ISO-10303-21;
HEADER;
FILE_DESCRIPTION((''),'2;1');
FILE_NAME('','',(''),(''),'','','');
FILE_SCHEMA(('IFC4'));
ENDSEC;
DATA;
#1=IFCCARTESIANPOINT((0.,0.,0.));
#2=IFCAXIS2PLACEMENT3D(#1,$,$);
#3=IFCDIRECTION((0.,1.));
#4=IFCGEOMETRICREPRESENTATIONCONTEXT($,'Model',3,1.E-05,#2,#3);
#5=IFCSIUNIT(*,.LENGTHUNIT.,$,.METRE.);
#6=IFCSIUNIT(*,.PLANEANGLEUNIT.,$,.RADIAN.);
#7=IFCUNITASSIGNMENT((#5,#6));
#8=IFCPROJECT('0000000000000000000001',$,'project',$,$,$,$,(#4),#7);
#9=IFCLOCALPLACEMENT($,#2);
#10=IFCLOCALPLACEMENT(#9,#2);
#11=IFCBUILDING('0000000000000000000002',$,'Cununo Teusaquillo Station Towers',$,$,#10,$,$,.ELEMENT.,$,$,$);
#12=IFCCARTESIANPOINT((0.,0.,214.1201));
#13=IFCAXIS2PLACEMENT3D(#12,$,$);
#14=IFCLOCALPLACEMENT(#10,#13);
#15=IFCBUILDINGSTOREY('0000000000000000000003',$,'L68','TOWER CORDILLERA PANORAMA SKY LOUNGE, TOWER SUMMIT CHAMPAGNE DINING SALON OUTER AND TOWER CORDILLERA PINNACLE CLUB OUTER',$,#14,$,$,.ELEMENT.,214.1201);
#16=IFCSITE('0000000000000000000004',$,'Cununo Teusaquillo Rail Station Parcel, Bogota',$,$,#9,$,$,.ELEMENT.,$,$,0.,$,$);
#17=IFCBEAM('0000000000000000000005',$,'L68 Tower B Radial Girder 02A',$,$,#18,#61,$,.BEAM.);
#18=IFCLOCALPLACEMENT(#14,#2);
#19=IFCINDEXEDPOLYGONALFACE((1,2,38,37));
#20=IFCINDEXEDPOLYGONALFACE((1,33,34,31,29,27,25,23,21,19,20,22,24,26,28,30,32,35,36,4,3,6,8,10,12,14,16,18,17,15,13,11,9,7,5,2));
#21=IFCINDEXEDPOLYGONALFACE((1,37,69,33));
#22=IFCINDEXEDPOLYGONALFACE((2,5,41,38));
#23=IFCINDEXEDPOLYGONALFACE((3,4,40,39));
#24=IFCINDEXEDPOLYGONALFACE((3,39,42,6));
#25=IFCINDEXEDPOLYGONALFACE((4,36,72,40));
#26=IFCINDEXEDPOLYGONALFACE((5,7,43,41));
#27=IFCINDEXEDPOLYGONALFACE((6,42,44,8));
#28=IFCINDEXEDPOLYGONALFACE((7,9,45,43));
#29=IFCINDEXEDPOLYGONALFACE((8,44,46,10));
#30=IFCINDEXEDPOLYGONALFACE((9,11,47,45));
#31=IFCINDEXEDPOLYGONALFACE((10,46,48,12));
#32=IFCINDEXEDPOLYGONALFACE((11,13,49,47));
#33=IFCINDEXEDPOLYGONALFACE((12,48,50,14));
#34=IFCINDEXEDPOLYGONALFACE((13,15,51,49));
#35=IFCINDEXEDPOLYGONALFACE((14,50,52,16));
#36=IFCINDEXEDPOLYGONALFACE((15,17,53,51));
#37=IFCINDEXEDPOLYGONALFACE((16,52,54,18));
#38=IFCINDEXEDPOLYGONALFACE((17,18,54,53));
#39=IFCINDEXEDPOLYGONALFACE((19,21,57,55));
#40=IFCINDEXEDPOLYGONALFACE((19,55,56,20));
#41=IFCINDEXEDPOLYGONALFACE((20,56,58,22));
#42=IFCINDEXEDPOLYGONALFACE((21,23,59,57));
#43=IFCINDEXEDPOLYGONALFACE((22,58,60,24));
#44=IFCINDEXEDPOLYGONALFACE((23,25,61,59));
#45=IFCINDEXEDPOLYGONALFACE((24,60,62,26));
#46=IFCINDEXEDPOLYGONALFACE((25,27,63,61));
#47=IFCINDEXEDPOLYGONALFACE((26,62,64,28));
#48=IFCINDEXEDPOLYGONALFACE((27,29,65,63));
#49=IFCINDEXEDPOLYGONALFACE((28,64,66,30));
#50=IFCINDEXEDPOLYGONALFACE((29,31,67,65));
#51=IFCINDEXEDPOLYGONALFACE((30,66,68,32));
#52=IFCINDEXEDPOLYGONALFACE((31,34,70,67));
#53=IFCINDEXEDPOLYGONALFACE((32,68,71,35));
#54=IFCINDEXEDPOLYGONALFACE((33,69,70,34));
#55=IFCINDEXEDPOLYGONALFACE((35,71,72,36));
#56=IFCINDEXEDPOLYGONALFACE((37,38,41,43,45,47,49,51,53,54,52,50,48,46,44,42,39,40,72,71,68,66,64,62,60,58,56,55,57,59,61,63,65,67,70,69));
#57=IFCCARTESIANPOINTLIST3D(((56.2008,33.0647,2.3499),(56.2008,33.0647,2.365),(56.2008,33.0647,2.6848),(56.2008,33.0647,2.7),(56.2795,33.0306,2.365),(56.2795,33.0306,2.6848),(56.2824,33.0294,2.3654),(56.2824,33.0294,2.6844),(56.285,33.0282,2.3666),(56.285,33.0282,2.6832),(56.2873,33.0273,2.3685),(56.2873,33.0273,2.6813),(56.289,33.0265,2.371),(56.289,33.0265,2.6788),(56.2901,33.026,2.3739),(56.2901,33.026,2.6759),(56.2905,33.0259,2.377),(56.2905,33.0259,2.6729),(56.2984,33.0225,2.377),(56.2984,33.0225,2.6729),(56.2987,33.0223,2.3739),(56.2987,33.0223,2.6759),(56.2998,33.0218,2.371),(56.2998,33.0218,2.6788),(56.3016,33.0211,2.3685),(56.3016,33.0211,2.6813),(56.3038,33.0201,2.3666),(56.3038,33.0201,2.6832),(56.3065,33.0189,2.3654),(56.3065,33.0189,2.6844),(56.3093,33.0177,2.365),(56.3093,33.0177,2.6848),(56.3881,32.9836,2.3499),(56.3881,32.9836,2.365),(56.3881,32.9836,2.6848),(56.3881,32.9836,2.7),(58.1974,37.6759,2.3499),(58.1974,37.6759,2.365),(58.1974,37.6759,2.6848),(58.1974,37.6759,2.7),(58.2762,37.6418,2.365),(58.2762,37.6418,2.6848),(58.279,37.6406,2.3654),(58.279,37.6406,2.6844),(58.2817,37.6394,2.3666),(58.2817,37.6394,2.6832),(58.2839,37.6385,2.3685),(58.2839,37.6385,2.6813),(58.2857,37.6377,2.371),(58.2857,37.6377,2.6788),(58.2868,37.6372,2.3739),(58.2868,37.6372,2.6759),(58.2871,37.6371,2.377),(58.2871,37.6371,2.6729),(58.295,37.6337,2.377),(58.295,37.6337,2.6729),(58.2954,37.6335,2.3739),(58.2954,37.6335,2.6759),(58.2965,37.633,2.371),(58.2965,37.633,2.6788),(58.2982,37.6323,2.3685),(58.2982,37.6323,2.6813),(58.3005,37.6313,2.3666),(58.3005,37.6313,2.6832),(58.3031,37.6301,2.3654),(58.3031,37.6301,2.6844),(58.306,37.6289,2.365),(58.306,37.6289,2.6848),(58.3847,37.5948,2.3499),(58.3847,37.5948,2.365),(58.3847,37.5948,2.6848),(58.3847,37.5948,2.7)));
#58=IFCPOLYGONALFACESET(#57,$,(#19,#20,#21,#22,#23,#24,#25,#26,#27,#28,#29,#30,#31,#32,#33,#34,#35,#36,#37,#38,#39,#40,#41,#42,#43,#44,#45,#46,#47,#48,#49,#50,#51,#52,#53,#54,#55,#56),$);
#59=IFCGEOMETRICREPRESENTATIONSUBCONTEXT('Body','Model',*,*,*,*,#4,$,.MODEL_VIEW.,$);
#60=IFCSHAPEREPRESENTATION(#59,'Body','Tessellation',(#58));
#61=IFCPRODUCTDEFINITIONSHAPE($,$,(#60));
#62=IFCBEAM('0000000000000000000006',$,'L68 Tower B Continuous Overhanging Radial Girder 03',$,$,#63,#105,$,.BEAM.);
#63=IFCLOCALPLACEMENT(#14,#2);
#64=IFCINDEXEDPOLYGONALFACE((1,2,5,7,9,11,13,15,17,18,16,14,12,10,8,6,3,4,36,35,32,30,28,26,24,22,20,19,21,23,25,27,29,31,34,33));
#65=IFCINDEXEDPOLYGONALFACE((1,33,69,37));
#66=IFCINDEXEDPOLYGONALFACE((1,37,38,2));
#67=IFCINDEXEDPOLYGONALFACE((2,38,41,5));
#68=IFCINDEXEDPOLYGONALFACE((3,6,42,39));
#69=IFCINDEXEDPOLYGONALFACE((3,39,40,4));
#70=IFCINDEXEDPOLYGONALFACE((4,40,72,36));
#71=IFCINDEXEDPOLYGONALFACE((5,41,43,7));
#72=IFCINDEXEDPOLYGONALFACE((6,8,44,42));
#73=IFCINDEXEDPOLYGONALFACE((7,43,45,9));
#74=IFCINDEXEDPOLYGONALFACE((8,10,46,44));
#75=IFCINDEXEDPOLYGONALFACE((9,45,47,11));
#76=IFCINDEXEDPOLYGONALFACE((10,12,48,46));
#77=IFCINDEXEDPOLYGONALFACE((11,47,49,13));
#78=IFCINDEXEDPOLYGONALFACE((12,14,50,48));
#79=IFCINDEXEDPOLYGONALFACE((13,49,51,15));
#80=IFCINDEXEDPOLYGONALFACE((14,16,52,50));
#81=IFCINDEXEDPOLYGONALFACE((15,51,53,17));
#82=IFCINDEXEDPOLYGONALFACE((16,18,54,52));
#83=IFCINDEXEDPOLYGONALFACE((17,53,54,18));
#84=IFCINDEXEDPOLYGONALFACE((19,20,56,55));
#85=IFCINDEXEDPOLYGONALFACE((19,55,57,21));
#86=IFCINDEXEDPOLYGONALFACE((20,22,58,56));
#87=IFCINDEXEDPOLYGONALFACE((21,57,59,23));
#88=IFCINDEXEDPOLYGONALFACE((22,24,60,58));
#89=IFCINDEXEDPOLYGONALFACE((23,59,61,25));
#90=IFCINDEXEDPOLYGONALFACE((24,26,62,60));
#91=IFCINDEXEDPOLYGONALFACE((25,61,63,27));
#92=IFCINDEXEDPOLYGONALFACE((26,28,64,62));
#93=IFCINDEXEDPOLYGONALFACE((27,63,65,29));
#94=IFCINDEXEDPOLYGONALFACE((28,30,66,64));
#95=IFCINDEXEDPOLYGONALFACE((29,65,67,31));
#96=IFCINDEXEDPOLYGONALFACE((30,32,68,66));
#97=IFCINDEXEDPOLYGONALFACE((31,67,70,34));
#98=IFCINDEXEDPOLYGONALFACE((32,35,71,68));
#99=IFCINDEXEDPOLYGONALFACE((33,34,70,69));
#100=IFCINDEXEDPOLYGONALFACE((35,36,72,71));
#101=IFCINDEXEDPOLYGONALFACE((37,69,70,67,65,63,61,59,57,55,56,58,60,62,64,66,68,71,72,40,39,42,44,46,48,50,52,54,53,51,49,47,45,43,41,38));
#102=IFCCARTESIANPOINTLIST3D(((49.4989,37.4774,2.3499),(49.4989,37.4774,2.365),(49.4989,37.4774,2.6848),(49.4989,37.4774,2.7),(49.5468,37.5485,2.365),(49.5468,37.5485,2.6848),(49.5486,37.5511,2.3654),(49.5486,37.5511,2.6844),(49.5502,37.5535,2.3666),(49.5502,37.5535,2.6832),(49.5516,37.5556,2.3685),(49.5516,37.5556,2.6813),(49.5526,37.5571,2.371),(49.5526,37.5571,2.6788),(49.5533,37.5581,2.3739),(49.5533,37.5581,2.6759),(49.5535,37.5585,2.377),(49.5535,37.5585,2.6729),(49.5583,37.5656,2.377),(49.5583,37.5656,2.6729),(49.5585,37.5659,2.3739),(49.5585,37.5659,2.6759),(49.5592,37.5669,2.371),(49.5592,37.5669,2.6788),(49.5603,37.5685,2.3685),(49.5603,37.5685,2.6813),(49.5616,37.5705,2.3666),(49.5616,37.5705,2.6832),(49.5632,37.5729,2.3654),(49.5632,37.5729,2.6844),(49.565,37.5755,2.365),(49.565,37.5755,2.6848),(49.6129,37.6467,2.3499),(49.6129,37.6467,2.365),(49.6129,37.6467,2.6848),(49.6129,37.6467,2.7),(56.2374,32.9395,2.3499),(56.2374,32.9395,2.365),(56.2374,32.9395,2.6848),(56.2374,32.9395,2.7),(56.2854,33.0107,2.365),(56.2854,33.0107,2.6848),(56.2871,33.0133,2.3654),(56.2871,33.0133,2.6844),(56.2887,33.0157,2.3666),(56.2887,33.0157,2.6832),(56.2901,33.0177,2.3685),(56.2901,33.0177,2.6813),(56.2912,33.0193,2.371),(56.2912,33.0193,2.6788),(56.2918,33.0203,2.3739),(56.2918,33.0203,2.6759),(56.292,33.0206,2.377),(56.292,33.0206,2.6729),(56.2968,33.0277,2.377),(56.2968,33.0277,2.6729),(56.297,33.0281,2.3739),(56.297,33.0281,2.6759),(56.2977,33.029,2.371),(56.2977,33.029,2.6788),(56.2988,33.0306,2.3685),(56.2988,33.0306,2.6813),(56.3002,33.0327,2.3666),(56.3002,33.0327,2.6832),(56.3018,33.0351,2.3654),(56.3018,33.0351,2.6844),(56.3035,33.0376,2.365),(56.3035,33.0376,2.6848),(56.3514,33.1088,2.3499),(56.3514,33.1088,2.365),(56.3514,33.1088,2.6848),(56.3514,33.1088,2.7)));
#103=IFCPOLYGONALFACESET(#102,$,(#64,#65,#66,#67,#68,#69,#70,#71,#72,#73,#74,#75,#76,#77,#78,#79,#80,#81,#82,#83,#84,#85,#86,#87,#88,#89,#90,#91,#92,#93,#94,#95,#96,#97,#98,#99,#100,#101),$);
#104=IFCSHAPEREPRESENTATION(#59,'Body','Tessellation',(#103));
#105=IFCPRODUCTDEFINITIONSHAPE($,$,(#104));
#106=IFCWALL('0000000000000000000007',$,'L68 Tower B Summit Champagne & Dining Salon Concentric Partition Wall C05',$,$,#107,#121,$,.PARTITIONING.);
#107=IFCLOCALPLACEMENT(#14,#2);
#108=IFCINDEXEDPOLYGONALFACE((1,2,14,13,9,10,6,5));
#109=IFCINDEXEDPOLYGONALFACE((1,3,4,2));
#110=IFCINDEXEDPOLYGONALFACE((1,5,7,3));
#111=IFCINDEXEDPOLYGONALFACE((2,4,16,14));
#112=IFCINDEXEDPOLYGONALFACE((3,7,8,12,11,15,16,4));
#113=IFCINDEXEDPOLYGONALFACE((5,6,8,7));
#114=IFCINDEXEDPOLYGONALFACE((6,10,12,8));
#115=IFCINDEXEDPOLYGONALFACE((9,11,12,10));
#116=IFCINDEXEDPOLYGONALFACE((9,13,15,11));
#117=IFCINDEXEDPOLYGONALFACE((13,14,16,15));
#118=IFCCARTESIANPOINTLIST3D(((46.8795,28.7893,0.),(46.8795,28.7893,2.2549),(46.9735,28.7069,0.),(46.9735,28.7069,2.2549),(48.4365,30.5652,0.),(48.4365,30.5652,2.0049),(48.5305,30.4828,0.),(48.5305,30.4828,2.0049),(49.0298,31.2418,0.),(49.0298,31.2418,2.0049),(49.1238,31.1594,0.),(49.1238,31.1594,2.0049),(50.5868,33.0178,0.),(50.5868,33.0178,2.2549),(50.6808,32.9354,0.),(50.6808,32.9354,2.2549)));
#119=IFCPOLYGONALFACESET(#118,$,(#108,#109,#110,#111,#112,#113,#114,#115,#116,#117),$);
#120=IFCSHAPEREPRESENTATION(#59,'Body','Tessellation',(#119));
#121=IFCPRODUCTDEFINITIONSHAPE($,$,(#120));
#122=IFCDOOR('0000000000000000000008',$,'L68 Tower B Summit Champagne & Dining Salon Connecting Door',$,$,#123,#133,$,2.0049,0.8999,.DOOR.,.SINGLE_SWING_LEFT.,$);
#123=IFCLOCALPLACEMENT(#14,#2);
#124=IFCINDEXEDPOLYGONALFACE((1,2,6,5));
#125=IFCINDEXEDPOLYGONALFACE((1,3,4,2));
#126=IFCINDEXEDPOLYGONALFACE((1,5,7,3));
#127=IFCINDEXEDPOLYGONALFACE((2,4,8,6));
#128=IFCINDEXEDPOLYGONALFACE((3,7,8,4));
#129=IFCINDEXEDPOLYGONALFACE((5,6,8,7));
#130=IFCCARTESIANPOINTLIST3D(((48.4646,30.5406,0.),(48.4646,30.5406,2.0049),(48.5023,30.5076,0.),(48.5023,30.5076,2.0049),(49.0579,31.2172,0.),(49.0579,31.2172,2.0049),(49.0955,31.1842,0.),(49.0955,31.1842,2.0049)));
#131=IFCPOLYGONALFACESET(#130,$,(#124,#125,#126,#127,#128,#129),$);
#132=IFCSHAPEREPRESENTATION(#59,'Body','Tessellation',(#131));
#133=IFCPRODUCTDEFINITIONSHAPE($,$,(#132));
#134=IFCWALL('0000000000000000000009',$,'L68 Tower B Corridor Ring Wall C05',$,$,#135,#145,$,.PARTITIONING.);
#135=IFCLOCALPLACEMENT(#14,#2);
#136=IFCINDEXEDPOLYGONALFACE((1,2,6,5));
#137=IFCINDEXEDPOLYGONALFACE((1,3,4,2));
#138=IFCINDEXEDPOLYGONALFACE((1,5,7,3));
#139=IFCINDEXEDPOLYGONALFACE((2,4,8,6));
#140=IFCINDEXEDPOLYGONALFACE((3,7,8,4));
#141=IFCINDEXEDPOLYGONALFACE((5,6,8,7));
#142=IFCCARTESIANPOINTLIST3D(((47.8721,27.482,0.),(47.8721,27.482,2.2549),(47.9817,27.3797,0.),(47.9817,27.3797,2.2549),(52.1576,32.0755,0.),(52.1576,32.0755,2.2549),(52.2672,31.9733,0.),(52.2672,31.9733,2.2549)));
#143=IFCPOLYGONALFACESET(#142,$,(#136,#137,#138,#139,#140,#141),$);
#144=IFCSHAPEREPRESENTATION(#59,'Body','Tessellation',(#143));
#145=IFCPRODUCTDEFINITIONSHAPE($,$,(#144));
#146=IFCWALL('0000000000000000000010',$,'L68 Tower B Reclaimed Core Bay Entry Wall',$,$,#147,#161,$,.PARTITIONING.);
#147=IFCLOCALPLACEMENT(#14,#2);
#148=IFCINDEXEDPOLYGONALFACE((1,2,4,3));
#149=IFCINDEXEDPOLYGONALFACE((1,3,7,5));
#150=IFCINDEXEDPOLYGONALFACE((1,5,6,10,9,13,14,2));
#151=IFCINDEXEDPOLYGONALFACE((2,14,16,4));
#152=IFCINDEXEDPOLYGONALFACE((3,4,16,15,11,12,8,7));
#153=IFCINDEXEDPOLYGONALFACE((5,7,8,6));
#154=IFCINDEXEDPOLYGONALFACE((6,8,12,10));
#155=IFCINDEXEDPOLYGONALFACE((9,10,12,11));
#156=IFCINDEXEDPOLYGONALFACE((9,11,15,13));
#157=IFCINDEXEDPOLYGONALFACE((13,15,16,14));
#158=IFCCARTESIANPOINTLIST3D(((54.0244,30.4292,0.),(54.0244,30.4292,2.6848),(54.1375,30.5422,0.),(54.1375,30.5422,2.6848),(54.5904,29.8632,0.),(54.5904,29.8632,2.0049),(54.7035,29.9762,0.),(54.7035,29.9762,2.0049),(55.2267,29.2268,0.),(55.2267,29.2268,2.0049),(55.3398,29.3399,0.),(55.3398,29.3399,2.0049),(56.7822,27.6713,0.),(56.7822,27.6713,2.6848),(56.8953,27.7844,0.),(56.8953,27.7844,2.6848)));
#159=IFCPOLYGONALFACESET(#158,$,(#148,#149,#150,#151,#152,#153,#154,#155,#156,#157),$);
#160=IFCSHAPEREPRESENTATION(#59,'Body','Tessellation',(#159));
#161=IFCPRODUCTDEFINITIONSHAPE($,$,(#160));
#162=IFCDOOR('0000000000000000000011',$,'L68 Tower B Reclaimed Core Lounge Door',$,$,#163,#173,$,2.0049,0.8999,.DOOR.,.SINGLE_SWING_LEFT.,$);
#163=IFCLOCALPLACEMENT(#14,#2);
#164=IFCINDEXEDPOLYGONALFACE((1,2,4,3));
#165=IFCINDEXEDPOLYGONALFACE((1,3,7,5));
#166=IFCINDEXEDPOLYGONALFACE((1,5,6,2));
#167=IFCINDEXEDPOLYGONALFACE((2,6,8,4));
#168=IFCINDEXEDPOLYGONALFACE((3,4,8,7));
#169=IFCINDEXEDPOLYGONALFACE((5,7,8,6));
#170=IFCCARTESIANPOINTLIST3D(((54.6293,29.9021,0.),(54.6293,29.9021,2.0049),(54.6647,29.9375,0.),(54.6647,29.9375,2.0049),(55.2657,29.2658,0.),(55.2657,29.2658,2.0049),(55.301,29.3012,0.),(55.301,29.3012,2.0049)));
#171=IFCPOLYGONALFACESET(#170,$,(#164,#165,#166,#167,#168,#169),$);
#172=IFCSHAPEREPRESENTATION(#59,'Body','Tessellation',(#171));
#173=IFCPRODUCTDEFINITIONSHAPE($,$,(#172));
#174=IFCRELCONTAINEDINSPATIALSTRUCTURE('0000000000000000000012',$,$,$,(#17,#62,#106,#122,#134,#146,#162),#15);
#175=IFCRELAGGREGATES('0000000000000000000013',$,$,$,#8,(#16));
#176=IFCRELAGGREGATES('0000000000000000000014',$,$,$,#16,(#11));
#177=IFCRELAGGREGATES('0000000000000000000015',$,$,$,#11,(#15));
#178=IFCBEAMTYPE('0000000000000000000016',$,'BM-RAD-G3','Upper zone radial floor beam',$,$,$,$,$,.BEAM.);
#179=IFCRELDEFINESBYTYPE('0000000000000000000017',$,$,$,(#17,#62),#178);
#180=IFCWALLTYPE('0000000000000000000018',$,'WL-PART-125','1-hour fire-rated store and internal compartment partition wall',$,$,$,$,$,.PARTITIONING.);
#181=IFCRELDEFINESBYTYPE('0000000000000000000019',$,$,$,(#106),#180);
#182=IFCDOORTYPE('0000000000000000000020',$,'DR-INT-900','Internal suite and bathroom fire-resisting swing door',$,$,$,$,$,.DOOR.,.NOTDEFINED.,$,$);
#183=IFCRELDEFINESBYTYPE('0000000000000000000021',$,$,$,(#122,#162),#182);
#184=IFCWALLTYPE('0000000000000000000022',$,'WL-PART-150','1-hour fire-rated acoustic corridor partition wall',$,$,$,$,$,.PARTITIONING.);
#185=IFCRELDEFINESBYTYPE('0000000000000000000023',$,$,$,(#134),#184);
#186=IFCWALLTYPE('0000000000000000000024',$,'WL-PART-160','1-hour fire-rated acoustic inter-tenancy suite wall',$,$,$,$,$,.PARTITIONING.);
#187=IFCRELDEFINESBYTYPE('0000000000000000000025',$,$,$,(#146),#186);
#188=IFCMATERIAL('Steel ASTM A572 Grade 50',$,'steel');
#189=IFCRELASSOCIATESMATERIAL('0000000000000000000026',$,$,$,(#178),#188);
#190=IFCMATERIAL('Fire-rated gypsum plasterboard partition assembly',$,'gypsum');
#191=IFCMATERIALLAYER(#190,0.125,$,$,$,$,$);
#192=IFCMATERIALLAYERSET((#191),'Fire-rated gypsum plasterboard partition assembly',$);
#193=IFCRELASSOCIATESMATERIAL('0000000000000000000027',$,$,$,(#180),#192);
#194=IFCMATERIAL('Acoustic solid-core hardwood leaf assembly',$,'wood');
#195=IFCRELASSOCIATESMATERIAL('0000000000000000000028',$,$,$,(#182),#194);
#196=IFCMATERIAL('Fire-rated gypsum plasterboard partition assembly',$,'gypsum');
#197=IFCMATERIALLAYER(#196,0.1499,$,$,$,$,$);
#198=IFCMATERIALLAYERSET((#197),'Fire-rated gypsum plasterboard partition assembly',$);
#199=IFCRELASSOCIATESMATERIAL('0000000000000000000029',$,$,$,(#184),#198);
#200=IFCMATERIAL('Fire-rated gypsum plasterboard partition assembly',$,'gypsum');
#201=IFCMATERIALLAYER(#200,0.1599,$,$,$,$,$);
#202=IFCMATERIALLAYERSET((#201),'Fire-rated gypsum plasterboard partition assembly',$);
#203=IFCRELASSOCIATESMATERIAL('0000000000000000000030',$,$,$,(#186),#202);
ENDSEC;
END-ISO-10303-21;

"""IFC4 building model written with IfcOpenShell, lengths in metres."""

from ifc_helpers import new_model, si_unit, direction, frame, frame_2d, origin, origin_2d, place, context, subcontext, project, spatial, rectangle, i_section, extrude, source, transform, mapped, material, layer, layer_set, material_profile, profile_set, type_object, element, fill, save


model = new_model("IFC4")

# Units and contexts
model_context = context("Model", 3, precision=1e-05, world=origin(), true_north=direction((0.0, 1.0)))
body_context = subcontext(model_context, "Body", "Model", "MODEL_VIEW")
ifc_project = project(units=[si_unit("LENGTHUNIT", "METRE"), si_unit("PLANEANGLEUNIT", "RADIAN")], contexts=[model_context])

# Site, building, storey
site_placement = place(None, origin())
site = spatial("IfcSite", under=ifc_project, at=site_placement, Name="Cununo Teusaquillo Rail Station Parcel, Bogota", CompositionType="ELEMENT", RefElevation=0.0)
building_placement = place(site_placement, origin())
building = spatial("IfcBuilding", under=site, at=building_placement, Name="Cununo Teusaquillo Station Towers", CompositionType="ELEMENT")
storey_placement = place(building_placement, frame((0.0, 0.0, 214.1201)))
storey = spatial("IfcBuildingStorey", under=building, at=storey_placement, Name="L68", Description="TOWER CORDILLERA PANORAMA SKY LOUNGE, TOWER SUMMIT CHAMPAGNE DINING SALON OUTER AND TOWER CORDILLERA PINNACLE CLUB OUTER", CompositionType="ELEMENT", Elevation=214.1201)

# Beams
ifc_material_1 = material(Name="Steel ASTM A572 Grade 50", Category="steel")
ifc_material_profile_1 = material_profile(ifc_material_1, i_section(OverallWidth=0.2041, OverallDepth=0.3501, WebThickness=0.0085, FlangeThickness=0.0151, FilletRadius=0.012, at=origin_2d()), Name="W14X48")
ifc_profile_set_1 = profile_set([ifc_material_profile_1], Name="Steel ASTM A572 Grade 50")
beam_type_1 = type_object("IfcBeamType", Name="BM-RAD-G3", Description="Upper zone radial floor beam", PredefinedType="BEAM", material=ifc_profile_set_1)
beam_1_placement = place(storey_placement, frame((56.2944, 33.0242, 2.5249), z_axis=(0.397347, 0.917668, 0.0), x_axis=(-0.917668, 0.397347, 0.0)))
element("IfcBeam", 1, at=beam_1_placement, inside=storey, type_object=beam_type_1, Name="L68 Tower B Radial Girder 02A", PredefinedType="BEAM", context=body_context, shape_type="SweptSolid", body=[
    extrude(i_section(OverallWidth=0.2041, OverallDepth=0.3501, WebThickness=0.0085, FlangeThickness=0.0151, FilletRadius=0.012, at=origin_2d()), origin(), (0.0, 0.0, 1.0), 5.0249),
])
beam_2_placement = place(storey_placement, frame((56.2944, 33.0242, 2.5249), z_axis=(-0.829457, 0.558571, 0.0), x_axis=(-0.558571, -0.829457, 0.0)))
element("IfcBeam", 2, at=beam_2_placement, inside=storey, type_object=beam_type_1, Name="L68 Tower B Continuous Overhanging Radial Girder 03", PredefinedType="BEAM", context=body_context, shape_type="SweptSolid", body=[
    extrude(i_section(OverallWidth=0.2041, OverallDepth=0.3501, WebThickness=0.0085, FlangeThickness=0.0151, FilletRadius=0.012, at=origin_2d()), origin(), (0.0, 0.0, 1.0), 8.124),
])

# Wall, opening, door
ifc_material_2 = material(Name="Fire-rated gypsum plasterboard partition assembly", Category="gypsum")
ifc_layer_1 = layer(ifc_material_2, 0.125)
ifc_layer_set_1 = layer_set([ifc_layer_1], Name="Fire-rated gypsum plasterboard partition assembly")
wall_type_1 = type_object("IfcWallType", Name="WL-PART-125", Description="1-hour fire-rated store and internal compartment partition wall", PredefinedType="PARTITIONING", material=ifc_layer_set_1)
wall_1_placement = place(storey_placement, frame((50.6338, 32.9766, 0.0), z_axis=(0.0, 0.0, 1.0), x_axis=(-0.659242, -0.751931, 0.0)))
wall_1 = element("IfcWall", 3, at=wall_1_placement, inside=storey, type_object=wall_type_1, Name="L68 Tower B Summit Champagne & Dining Salon Concentric Partition Wall C05", PredefinedType="PARTITIONING", context=body_context, shape_type="SweptSolid", body=[
    extrude(rectangle(XDim=5.6235, YDim=0.125, at=frame_2d((2.8118, 0.0))), origin(), (0.0, 0.0, 1.0), 2.2549),
])
shared_shape_1 = source(origin(), body_context, "Body", "SweptSolid", [
    extrude(rectangle(XDim=0.8999, YDim=2.0049, at=frame_2d((0.45, 1.0024))), frame((0.0, 0.0725, 0.0), z_axis=(0.0, -1.0, 0.0), x_axis=(1.0, 0.0, 0.0)), (0.0, 0.0, 1.0), 0.145),
])
opening_1_placement = place(wall_1_placement, frame((2.3618, 0.0, 0.0)))
opening_1 = element("IfcOpeningElement", 4, at=opening_1_placement, cuts=wall_1, PredefinedType="OPENING", context=body_context, shape_type="MappedRepresentation", body=[
    mapped(shared_shape_1, transform((0.0, 0.0, 0.0), x_axis=(1.0, 0.0, 0.0), y_axis=(0.0, 1.0, 0.0), z_axis=(0.0, 0.0, 1.0), scale=1.0)),
])
ifc_material_3 = material(Name="Acoustic solid-core hardwood leaf assembly", Category="wood")
door_type_1 = type_object("IfcDoorType", Name="DR-INT-900", Description="Internal suite and bathroom fire-resisting swing door", OperationType="NOTDEFINED", PredefinedType="DOOR", material=ifc_material_3)
shared_shape_2 = source(origin(), body_context, "Body", "SweptSolid", [
    extrude(rectangle(XDim=0.8999, YDim=2.0049, at=frame_2d((0.45, 1.0024))), frame((0.0, 0.0249, 0.0), z_axis=(0.0, -1.0, 0.0), x_axis=(1.0, 0.0, 0.0)), (0.0, 0.0, 1.0), 0.05),
])
door_1_placement = place(opening_1_placement, origin())
door_1 = element("IfcDoor", 5, at=door_1_placement, inside=storey, type_object=door_type_1, Name="L68 Tower B Summit Champagne & Dining Salon Connecting Door", OperationType="SINGLE_SWING_LEFT", OverallHeight=2.0049, OverallWidth=0.8999, PredefinedType="DOOR", context=body_context, shape_type="MappedRepresentation", body=[
    mapped(shared_shape_2, transform((0.0, 0.0, 0.0), x_axis=(1.0, 0.0, 0.0), y_axis=(0.0, 1.0, 0.0), z_axis=(0.0, 0.0, 1.0), scale=1.0)),
])
fill(opening_1, door_1)

# Wall
ifc_material_4 = material(Name="Fire-rated gypsum plasterboard partition assembly", Category="gypsum")
ifc_layer_2 = layer(ifc_material_4, 0.1499)
ifc_layer_set_2 = layer_set([ifc_layer_2], Name="Fire-rated gypsum plasterboard partition assembly")
wall_type_2 = type_object("IfcWallType", Name="WL-PART-150", Description="1-hour fire-rated acoustic corridor partition wall", PredefinedType="PARTITIONING", material=ifc_layer_set_2)
wall_2_placement = place(storey_placement, frame((52.2124, 32.0244, 0.0), z_axis=(0.0, 0.0, 1.0), x_axis=(-0.682159, -0.731204, 0.0)))
element("IfcWall", 6, at=wall_2_placement, inside=storey, type_object=wall_type_2, Name="L68 Tower B Corridor Ring Wall C05", PredefinedType="PARTITIONING", context=body_context, shape_type="SweptSolid", body=[
    extrude(rectangle(XDim=6.2822, YDim=0.1499, at=frame_2d((3.1411, 0.0))), origin(), (0.0, 0.0, 1.0), 2.2549),
])

# Wall, opening, door
ifc_material_5 = material(Name="Fire-rated gypsum plasterboard partition assembly", Category="gypsum")
ifc_layer_3 = layer(ifc_material_5, 0.1599)
ifc_layer_set_3 = layer_set([ifc_layer_3], Name="Fire-rated gypsum plasterboard partition assembly")
wall_type_3 = type_object("IfcWallType", Name="WL-PART-160", Description="1-hour fire-rated acoustic inter-tenancy suite wall", PredefinedType="PARTITIONING", material=ifc_layer_set_3)
wall_3_placement = place(storey_placement, frame((56.8389, 27.7278, 0.0), z_axis=(0.0, 0.0, 1.0), x_axis=(-0.707107, 0.707107, 0.0)))
wall_3 = element("IfcWall", 7, at=wall_3_placement, inside=storey, type_object=wall_type_3, Name="L68 Tower B Reclaimed Core Bay Entry Wall", PredefinedType="PARTITIONING", context=body_context, shape_type="SweptSolid", body=[
    extrude(rectangle(XDim=3.9001, YDim=0.1599, at=frame_2d((1.9502, 0.0))), origin(), (0.0, 0.0, 1.0), 2.6848),
])
shared_shape_3 = source(origin(), body_context, "Body", "SweptSolid", [
    extrude(rectangle(XDim=0.8999, YDim=2.0049, at=frame_2d((0.45, 1.0024))), frame((0.0, 0.0898, 0.0), z_axis=(0.0, -1.0, 0.0), x_axis=(1.0, 0.0, 0.0)), (0.0, 0.0, 1.0), 0.1799),
])
opening_2_placement = place(wall_3_placement, frame((2.2, 0.0, 0.0)))
opening_2 = element("IfcOpeningElement", 8, at=opening_2_placement, cuts=wall_3, PredefinedType="OPENING", context=body_context, shape_type="MappedRepresentation", body=[
    mapped(shared_shape_3, transform((0.0, 0.0, 0.0), x_axis=(1.0, 0.0, 0.0), y_axis=(0.0, 1.0, 0.0), z_axis=(0.0, 0.0, 1.0), scale=1.0)),
])
door_2_placement = place(opening_2_placement, origin())
door_2 = element("IfcDoor", 9, at=door_2_placement, inside=storey, type_object=door_type_1, Name="L68 Tower B Reclaimed Core Lounge Door", OperationType="SINGLE_SWING_LEFT", OverallHeight=2.0049, OverallWidth=0.8999, PredefinedType="DOOR", context=body_context, shape_type="MappedRepresentation", body=[
    mapped(shared_shape_2, transform((0.0, 0.0, 0.0), x_axis=(1.0, 0.0, 0.0), y_axis=(0.0, 1.0, 0.0), z_axis=(0.0, 0.0, 1.0), scale=1.0)),
])
fill(opening_2, door_2)

save(model, "model.ifc")
